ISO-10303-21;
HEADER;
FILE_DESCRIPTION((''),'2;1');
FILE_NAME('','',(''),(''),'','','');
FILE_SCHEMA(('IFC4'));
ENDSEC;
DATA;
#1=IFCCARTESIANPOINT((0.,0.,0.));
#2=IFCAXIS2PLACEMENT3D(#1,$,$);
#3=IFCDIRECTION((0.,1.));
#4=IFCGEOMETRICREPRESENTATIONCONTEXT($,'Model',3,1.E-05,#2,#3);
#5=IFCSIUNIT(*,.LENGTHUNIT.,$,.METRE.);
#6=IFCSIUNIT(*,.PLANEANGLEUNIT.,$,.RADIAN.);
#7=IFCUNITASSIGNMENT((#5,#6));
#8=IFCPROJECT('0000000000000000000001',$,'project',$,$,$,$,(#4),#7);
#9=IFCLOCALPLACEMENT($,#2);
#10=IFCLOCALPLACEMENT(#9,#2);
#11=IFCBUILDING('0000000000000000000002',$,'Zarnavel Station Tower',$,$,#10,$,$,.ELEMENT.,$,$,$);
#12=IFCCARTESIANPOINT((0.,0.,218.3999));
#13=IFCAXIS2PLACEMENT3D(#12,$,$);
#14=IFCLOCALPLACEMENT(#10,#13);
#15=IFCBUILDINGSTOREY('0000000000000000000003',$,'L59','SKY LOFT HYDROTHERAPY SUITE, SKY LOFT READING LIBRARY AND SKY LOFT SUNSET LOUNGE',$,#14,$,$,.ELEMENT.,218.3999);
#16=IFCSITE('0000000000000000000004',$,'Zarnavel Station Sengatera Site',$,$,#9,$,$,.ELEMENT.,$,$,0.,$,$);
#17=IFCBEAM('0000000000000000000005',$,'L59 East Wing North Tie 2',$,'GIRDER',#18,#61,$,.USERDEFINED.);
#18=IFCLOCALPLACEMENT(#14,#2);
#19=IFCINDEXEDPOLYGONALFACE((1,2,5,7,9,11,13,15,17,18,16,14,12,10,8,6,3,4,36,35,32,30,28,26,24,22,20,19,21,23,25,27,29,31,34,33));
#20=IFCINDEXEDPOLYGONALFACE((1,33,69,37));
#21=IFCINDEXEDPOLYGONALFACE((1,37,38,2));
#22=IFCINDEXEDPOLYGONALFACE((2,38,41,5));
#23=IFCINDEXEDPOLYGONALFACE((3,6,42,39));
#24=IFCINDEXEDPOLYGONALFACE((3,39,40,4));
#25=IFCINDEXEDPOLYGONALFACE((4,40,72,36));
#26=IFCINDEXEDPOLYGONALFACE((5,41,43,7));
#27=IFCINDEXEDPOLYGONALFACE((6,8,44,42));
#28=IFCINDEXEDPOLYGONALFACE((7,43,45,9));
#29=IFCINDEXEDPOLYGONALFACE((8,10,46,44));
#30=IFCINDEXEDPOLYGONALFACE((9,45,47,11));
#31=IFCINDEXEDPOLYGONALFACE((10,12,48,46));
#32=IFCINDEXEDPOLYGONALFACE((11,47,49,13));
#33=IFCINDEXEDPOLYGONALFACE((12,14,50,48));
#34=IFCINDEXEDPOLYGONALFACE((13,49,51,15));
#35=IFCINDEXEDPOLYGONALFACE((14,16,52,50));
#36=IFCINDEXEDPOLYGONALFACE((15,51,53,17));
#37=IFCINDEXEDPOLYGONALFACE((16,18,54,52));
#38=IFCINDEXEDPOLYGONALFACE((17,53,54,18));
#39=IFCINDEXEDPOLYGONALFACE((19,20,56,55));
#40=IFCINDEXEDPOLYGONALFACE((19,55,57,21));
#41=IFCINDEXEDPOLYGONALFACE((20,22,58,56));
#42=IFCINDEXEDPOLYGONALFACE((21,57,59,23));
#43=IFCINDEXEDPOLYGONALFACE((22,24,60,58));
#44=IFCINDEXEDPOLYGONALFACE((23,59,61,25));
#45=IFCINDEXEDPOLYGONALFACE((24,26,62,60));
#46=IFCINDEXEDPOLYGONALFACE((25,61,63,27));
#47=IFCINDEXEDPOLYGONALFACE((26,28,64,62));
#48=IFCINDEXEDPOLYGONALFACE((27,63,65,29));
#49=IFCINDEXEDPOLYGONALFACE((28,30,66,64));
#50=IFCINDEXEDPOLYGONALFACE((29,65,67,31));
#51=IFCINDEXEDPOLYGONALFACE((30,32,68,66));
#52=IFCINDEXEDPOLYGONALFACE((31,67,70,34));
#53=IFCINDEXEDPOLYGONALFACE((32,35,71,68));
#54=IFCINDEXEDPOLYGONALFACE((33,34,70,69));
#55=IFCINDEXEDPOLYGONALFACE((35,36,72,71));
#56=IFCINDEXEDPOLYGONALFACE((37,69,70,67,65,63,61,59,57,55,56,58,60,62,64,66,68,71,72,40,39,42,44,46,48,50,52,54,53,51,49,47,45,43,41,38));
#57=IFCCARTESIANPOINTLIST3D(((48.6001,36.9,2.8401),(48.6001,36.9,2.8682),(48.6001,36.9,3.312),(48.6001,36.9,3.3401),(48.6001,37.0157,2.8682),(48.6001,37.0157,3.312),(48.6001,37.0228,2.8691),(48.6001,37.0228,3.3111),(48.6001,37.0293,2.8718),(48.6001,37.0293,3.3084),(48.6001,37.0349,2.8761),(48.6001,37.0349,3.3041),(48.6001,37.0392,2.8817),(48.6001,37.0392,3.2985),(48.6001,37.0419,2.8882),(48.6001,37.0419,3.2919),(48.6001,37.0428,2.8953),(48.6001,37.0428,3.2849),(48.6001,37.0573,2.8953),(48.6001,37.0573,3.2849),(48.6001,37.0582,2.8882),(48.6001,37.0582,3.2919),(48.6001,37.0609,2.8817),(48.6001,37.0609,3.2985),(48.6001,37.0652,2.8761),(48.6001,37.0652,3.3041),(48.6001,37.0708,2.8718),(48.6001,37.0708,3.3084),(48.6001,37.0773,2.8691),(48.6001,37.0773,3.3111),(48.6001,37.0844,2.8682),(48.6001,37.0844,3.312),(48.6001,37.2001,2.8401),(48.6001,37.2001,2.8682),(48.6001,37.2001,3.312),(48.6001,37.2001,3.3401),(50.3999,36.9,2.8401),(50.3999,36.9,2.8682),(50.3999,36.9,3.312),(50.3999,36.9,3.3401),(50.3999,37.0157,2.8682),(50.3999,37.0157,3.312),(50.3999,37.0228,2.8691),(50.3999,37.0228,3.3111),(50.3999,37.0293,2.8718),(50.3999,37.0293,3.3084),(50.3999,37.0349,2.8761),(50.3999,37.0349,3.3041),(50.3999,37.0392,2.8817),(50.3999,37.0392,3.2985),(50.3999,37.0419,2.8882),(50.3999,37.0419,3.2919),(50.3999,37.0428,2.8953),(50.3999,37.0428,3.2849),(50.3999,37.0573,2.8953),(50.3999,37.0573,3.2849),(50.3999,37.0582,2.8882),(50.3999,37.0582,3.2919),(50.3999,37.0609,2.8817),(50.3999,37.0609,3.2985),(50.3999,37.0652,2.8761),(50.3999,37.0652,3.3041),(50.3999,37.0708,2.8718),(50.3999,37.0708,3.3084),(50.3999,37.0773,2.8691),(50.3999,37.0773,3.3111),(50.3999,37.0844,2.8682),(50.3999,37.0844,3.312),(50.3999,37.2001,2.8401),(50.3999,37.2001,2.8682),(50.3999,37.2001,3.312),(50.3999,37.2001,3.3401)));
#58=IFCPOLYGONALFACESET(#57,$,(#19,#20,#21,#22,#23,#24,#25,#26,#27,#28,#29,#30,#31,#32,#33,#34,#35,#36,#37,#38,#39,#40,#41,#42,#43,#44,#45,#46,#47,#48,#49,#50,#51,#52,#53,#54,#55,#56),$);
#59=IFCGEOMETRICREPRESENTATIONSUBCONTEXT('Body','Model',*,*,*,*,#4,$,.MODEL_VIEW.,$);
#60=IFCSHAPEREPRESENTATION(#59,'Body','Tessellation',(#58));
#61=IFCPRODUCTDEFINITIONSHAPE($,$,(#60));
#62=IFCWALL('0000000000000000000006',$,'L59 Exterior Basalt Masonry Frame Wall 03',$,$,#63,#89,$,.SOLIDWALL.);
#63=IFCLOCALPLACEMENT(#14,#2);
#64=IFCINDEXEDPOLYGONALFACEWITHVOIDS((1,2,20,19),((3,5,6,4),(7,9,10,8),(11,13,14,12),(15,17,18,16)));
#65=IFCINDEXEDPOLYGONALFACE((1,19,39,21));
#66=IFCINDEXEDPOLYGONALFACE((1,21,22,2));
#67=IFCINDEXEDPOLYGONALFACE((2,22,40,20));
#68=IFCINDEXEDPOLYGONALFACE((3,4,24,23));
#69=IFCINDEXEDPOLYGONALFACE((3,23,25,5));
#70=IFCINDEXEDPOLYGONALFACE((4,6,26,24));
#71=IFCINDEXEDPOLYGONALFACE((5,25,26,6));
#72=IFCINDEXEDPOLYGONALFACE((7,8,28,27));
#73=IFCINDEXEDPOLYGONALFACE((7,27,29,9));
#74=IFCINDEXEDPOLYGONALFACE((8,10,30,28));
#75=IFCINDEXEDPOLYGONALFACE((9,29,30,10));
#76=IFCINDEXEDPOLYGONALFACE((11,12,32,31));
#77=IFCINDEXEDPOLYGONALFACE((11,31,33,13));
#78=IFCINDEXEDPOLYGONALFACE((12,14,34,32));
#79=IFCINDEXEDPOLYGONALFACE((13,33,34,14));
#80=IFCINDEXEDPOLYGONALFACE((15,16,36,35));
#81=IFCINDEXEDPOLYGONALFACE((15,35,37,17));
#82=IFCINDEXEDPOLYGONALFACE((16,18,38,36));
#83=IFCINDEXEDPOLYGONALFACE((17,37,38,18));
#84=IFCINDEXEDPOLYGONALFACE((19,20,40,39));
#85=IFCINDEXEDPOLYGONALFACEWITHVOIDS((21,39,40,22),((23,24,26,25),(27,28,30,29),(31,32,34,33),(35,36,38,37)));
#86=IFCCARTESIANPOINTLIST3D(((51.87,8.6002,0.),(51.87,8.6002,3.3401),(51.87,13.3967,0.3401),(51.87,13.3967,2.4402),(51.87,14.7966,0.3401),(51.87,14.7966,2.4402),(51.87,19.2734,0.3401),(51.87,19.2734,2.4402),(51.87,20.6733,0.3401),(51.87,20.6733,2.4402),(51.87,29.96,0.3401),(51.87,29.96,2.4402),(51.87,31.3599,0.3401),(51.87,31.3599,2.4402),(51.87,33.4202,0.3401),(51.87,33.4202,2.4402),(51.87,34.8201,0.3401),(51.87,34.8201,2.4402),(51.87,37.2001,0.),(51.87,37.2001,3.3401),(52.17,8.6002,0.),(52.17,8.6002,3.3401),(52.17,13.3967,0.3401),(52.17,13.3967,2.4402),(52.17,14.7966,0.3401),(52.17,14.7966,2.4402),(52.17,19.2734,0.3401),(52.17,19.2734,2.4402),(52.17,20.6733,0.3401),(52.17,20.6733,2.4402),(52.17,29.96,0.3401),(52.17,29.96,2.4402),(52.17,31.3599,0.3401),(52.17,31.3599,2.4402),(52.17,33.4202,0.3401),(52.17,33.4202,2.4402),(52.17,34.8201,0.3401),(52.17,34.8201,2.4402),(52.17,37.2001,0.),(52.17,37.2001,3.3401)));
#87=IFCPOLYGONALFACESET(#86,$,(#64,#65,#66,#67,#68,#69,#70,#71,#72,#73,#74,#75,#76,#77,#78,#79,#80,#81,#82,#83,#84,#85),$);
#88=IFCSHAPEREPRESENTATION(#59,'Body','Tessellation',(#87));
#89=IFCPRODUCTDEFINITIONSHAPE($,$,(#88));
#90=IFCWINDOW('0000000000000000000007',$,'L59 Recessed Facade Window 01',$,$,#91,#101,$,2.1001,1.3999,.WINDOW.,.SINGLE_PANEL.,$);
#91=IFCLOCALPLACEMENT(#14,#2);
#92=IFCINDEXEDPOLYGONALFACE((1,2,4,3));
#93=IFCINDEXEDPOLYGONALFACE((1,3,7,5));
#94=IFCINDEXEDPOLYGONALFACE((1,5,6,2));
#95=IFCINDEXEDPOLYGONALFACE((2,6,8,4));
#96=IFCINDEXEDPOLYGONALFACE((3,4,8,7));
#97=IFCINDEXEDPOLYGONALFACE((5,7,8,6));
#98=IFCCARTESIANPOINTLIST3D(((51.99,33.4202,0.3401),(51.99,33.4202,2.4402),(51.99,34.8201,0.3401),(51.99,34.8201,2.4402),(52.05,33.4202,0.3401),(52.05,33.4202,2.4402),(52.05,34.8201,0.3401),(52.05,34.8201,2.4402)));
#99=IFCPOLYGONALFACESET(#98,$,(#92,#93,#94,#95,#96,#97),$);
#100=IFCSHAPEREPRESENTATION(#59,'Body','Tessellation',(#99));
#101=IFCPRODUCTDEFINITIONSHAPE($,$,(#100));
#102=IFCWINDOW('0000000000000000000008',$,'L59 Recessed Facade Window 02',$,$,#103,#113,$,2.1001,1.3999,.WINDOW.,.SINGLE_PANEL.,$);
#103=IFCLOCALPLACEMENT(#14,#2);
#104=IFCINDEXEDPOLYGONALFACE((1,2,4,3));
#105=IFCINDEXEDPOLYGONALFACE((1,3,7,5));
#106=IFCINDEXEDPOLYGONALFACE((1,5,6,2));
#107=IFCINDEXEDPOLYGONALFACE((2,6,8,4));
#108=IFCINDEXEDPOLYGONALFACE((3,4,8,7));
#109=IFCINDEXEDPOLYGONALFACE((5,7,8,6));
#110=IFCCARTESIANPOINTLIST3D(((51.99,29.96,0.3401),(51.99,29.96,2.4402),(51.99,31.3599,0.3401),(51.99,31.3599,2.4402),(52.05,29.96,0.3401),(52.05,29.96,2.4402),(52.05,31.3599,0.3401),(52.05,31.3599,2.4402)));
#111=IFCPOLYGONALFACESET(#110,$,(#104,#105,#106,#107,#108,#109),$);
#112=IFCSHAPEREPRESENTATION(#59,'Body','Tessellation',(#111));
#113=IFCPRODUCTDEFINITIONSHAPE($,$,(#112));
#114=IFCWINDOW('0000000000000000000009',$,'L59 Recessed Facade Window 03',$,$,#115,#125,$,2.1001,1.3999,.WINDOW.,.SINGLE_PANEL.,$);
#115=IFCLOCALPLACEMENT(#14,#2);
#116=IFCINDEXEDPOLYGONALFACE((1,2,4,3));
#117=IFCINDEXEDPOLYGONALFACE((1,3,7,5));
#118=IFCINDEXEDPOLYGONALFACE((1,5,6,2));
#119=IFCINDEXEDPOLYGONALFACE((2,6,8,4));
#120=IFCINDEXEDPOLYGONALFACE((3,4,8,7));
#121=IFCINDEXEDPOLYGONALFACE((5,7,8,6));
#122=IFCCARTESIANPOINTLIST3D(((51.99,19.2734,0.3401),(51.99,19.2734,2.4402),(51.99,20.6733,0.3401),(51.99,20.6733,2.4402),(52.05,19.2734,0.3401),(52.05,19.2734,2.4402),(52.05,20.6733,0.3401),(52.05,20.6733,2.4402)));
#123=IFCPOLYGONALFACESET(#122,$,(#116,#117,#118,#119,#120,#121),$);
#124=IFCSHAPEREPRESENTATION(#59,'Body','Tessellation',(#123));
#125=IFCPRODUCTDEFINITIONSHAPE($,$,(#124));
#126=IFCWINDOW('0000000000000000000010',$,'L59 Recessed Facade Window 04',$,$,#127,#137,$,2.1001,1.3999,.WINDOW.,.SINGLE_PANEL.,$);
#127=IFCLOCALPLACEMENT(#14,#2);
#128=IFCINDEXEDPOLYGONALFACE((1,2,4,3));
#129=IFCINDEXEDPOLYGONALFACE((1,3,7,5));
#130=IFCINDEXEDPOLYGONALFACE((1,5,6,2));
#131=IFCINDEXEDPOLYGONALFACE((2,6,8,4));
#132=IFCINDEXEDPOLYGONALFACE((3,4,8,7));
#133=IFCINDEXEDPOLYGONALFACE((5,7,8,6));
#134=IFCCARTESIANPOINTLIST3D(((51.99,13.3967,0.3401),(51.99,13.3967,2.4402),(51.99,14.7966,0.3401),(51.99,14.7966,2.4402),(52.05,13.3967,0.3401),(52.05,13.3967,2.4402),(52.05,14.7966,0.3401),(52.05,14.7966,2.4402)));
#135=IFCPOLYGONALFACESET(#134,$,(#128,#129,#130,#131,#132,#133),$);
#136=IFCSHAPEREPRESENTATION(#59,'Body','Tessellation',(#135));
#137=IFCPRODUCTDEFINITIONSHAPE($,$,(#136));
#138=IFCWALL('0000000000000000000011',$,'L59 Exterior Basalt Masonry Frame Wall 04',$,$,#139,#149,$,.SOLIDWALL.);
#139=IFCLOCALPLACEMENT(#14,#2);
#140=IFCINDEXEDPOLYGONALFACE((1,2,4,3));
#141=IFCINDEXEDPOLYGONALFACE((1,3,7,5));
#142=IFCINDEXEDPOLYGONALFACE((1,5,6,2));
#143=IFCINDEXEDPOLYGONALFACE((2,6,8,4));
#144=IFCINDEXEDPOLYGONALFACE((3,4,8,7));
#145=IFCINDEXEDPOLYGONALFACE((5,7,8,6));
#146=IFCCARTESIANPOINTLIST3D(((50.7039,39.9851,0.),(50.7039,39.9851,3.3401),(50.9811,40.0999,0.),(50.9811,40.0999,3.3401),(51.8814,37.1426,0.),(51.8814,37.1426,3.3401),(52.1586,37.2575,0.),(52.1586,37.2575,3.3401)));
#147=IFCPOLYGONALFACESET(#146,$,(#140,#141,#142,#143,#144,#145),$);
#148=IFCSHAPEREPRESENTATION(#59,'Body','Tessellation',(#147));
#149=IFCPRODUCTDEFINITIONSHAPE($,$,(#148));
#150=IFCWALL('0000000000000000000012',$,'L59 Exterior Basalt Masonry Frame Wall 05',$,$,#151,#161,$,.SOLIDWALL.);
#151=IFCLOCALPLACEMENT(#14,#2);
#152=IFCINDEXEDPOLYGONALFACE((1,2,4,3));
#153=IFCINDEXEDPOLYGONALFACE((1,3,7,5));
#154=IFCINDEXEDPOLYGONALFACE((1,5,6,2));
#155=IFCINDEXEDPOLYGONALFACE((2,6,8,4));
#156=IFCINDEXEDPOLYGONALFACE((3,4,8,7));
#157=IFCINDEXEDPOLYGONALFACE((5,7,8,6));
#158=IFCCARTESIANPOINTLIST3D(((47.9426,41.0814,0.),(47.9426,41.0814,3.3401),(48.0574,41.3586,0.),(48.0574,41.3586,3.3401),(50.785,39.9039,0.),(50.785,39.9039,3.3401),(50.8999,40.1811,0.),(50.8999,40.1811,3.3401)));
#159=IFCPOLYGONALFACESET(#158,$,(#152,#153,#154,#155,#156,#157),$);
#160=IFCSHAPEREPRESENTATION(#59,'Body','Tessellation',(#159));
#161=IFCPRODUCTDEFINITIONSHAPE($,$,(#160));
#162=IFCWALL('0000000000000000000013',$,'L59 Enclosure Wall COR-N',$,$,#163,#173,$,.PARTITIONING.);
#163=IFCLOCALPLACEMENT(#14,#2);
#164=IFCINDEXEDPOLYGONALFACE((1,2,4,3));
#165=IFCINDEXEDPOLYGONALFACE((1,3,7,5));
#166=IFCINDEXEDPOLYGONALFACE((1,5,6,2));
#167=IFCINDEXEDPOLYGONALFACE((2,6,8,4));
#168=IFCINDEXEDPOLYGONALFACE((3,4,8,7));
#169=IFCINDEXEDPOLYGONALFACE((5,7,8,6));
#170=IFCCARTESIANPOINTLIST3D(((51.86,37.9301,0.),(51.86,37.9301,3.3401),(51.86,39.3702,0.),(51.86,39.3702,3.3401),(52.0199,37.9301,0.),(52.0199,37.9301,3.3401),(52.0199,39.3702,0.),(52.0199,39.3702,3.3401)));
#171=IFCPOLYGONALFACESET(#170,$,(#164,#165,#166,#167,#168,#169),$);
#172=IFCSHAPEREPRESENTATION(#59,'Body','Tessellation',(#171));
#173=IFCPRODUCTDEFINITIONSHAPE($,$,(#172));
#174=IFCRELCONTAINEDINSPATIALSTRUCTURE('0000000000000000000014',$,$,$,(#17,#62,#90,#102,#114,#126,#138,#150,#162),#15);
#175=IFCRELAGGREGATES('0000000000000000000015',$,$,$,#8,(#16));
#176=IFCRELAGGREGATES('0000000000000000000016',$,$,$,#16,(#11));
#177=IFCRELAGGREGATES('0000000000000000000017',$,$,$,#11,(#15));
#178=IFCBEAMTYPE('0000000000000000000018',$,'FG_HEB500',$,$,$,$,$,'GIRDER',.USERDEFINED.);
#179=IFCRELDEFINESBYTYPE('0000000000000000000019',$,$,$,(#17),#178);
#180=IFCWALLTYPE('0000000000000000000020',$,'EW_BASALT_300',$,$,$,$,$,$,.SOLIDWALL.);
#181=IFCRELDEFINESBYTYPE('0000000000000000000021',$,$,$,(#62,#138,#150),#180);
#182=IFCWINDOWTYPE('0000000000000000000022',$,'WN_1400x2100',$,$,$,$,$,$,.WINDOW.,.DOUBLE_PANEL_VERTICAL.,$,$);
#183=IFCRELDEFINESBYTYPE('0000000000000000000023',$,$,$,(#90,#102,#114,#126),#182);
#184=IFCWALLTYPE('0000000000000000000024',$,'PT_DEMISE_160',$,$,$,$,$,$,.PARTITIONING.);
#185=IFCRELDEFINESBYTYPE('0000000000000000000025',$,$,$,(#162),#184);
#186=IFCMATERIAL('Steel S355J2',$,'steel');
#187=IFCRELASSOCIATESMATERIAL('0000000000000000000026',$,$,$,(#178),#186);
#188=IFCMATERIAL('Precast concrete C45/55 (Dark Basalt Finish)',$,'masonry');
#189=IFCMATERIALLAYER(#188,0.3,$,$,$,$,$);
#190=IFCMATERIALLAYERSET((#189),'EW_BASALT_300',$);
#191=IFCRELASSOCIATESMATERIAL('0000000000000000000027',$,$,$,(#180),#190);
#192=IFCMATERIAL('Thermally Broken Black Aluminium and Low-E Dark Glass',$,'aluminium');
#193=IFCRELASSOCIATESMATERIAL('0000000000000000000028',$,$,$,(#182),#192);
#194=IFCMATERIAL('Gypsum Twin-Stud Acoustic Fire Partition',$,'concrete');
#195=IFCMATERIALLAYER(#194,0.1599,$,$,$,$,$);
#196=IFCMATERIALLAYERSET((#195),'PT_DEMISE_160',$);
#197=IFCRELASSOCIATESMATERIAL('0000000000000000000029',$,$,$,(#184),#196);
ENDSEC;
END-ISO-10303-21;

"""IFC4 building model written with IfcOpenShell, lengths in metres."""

from ifc_helpers import new_model, si_unit, direction, frame, frame_2d, origin, origin_2d, place, context, subcontext, project, spatial, rectangle, i_section, extrude, material, layer, layer_set, material_profile, profile_set, type_object, element, fill, save


model = new_model("IFC4")

# Units and contexts
model_context = context("Model", 3, precision=1e-05, world=origin(), true_north=direction((0.0, 1.0)))
body_context = subcontext(model_context, "Body", "Model", "MODEL_VIEW")
ifc_project = project(units=[si_unit("LENGTHUNIT", "METRE"), si_unit("PLANEANGLEUNIT", "RADIAN")], contexts=[model_context])

# Site, building, storey
site_placement = place(None, origin())
site = spatial("IfcSite", under=ifc_project, at=site_placement, Name="Zarnavel Station Sengatera Site", CompositionType="ELEMENT", RefElevation=0.0)
building_placement = place(site_placement, origin())
building = spatial("IfcBuilding", under=site, at=building_placement, Name="Zarnavel Station Tower", CompositionType="ELEMENT")
storey_placement = place(building_placement, frame((0.0, 0.0, 218.3999)))
storey = spatial("IfcBuildingStorey", under=building, at=storey_placement, Name="L59", Description="SKY LOFT HYDROTHERAPY SUITE, SKY LOFT READING LIBRARY AND SKY LOFT SUNSET LOUNGE", CompositionType="ELEMENT", Elevation=218.3999)

# Beam
ifc_material_1 = material(Name="Steel S355J2", Category="steel")
ifc_material_profile_1 = material_profile(ifc_material_1, i_section(OverallWidth=0.3, OverallDepth=0.5, WebThickness=0.0144, FlangeThickness=0.0281, FilletRadius=0.0271, at=origin_2d()), Name="HEB500")
ifc_profile_set_1 = profile_set([ifc_material_profile_1], Name="Steel S355J2")
beam_type = type_object("IfcBeamType", Name="FG_HEB500", ElementType="GIRDER", PredefinedType="USERDEFINED", material=ifc_profile_set_1)
beam_1_placement = place(storey_placement, frame((48.6001, 37.05, 3.0901), z_axis=(1.0, 0.0, 0.0), x_axis=(0.0, 1.0, 0.0)))
element("IfcBeam", 1, at=beam_1_placement, inside=storey, type_object=beam_type, Name="L59 East Wing North Tie 2", ObjectType="GIRDER", PredefinedType="USERDEFINED", context=body_context, shape_type="SweptSolid", body=[
    extrude(i_section(OverallWidth=0.3, OverallDepth=0.5, WebThickness=0.0144, FlangeThickness=0.0281, FilletRadius=0.0271, at=origin_2d()), origin(), (0.0, 0.0, 1.0), 1.7998),
])

# Wall, openings, windows
ifc_material_2 = material(Name="Precast concrete C45/55 (Dark Basalt Finish)", Category="masonry")
ifc_layer_1 = layer(ifc_material_2, 0.3)
ifc_layer_set_1 = layer_set([ifc_layer_1], Name="EW_BASALT_300")
wall_type_1 = type_object("IfcWallType", Name="EW_BASALT_300", PredefinedType="SOLIDWALL", material=ifc_layer_set_1)
wall_1_placement = place(storey_placement, frame((52.02, 37.2, 0.0), z_axis=(0.0, 0.0, 1.0), x_axis=(0.0, -1.0, 0.0)))
wall_1 = element("IfcWall", 2, at=wall_1_placement, inside=storey, type_object=wall_type_1, Name="L59 Exterior Basalt Masonry Frame Wall 03", PredefinedType="SOLIDWALL", context=body_context, shape_type="SweptSolid", body=[
    extrude(rectangle(XDim=28.5999, YDim=0.3, at=frame_2d((14.2998, 0.0))), origin(), (0.0, 0.0, 1.0), 3.3401),
])
opening_1_placement = place(wall_1_placement, frame((2.3799, 0.0, 0.3401)))
opening_1 = element("IfcOpeningElement", 3, at=opening_1_placement, cuts=wall_1, PredefinedType="OPENING", context=body_context, shape_type="SweptSolid", body=[
    extrude(rectangle(XDim=1.3999, YDim=2.1001, at=frame_2d((0.7, 1.05))), frame((0.0, 0.1599, 0.0), z_axis=(0.0, -1.0, 0.0), x_axis=(1.0, 0.0, 0.0)), (0.0, 0.0, 1.0), 0.3201),
])
opening_2_placement = place(wall_1_placement, frame((5.8401, 0.0, 0.3401)))
opening_2 = element("IfcOpeningElement", 4, at=opening_2_placement, cuts=wall_1, PredefinedType="OPENING", context=body_context, shape_type="SweptSolid", body=[
    extrude(rectangle(XDim=1.3999, YDim=2.1001, at=frame_2d((0.7, 1.05))), frame((0.0, 0.1599, 0.0), z_axis=(0.0, -1.0, 0.0), x_axis=(1.0, 0.0, 0.0)), (0.0, 0.0, 1.0), 0.3201),
])
opening_3_placement = place(wall_1_placement, frame((16.5266, 0.0, 0.3401)))
opening_3 = element("IfcOpeningElement", 5, at=opening_3_placement, cuts=wall_1, PredefinedType="OPENING", context=body_context, shape_type="SweptSolid", body=[
    extrude(rectangle(XDim=1.3999, YDim=2.1001, at=frame_2d((0.7, 1.05))), frame((0.0, 0.1599, 0.0), z_axis=(0.0, -1.0, 0.0), x_axis=(1.0, 0.0, 0.0)), (0.0, 0.0, 1.0), 0.3201),
])
opening_4_placement = place(wall_1_placement, frame((22.4033, 0.0, 0.3401)))
opening_4 = element("IfcOpeningElement", 6, at=opening_4_placement, cuts=wall_1, PredefinedType="OPENING", context=body_context, shape_type="SweptSolid", body=[
    extrude(rectangle(XDim=1.3999, YDim=2.1001, at=frame_2d((0.7, 1.05))), frame((0.0, 0.1599, 0.0), z_axis=(0.0, -1.0, 0.0), x_axis=(1.0, 0.0, 0.0)), (0.0, 0.0, 1.0), 0.3201),
])
ifc_material_3 = material(Name="Thermally Broken Black Aluminium and Low-E Dark Glass", Category="aluminium")
window_type = type_object("IfcWindowType", Name="WN_1400x2100", PartitioningType="DOUBLE_PANEL_VERTICAL", PredefinedType="WINDOW", material=ifc_material_3)
window_1_placement = place(opening_1_placement, origin())
window_1 = element("IfcWindow", 7, at=window_1_placement, inside=storey, type_object=window_type, Name="L59 Recessed Facade Window 01", OverallHeight=2.1001, OverallWidth=1.3999, PartitioningType="SINGLE_PANEL", PredefinedType="WINDOW", context=body_context, shape_type="SweptSolid", body=[
    extrude(rectangle(XDim=1.3999, YDim=2.1001, at=frame_2d((0.7, 1.05))), frame((0.0, 0.03, 0.0), z_axis=(0.0, -1.0, 0.0), x_axis=(1.0, 0.0, 0.0)), (0.0, 0.0, 1.0), 0.0601),
])
fill(opening_1, window_1)
window_2_placement = place(opening_2_placement, origin())
window_2 = element("IfcWindow", 8, at=window_2_placement, inside=storey, type_object=window_type, Name="L59 Recessed Facade Window 02", OverallHeight=2.1001, OverallWidth=1.3999, PartitioningType="SINGLE_PANEL", PredefinedType="WINDOW", context=body_context, shape_type="SweptSolid", body=[
    extrude(rectangle(XDim=1.3999, YDim=2.1001, at=frame_2d((0.7, 1.05))), frame((0.0, 0.03, 0.0), z_axis=(0.0, -1.0, 0.0), x_axis=(1.0, 0.0, 0.0)), (0.0, 0.0, 1.0), 0.0601),
])
fill(opening_2, window_2)
window_3_placement = place(opening_3_placement, origin())
window_3 = element("IfcWindow", 9, at=window_3_placement, inside=storey, type_object=window_type, Name="L59 Recessed Facade Window 03", OverallHeight=2.1001, OverallWidth=1.3999, PartitioningType="SINGLE_PANEL", PredefinedType="WINDOW", context=body_context, shape_type="SweptSolid", body=[
    extrude(rectangle(XDim=1.3999, YDim=2.1001, at=frame_2d((0.7, 1.05))), frame((0.0, 0.03, 0.0), z_axis=(0.0, -1.0, 0.0), x_axis=(1.0, 0.0, 0.0)), (0.0, 0.0, 1.0), 0.0601),
])
fill(opening_3, window_3)
window_4_placement = place(opening_4_placement, origin())
window_4 = element("IfcWindow", 10, at=window_4_placement, inside=storey, type_object=window_type, Name="L59 Recessed Facade Window 04", OverallHeight=2.1001, OverallWidth=1.3999, PartitioningType="SINGLE_PANEL", PredefinedType="WINDOW", context=body_context, shape_type="SweptSolid", body=[
    extrude(rectangle(XDim=1.3999, YDim=2.1001, at=frame_2d((0.7, 1.05))), frame((0.0, 0.03, 0.0), z_axis=(0.0, -1.0, 0.0), x_axis=(1.0, 0.0, 0.0)), (0.0, 0.0, 1.0), 0.0601),
])
fill(opening_4, window_4)

# Walls
for number, where, z_axis, x_axis, name in (
    (11, (50.8425, 40.0425, 0.0), (0.0, 0.0, 1.0), (0.382705, -0.923871, 0.0), "L59 Exterior Basalt Masonry Frame Wall 04"),
    (12, (48.0, 41.22, 0.0), (0.0, 0.0, 1.0), (0.923871, -0.382705, 0.0), "L59 Exterior Basalt Masonry Frame Wall 05"),
):
    element("IfcWall", number, at=place(storey_placement, frame(where, z_axis=z_axis, x_axis=x_axis)), inside=storey, type_object=wall_type_1, Name=name, PredefinedType="SOLIDWALL", context=body_context, shape_type="SweptSolid", body=[
        extrude(rectangle(XDim=3.0767, YDim=0.3, at=frame_2d((1.5383, 0.0))), origin(), (0.0, 0.0, 1.0), 3.3401),
    ])
ifc_material_4 = material(Name="Gypsum Twin-Stud Acoustic Fire Partition", Category="concrete")
ifc_layer_2 = layer(ifc_material_4, 0.1599)
ifc_layer_set_2 = layer_set([ifc_layer_2], Name="PT_DEMISE_160")
wall_type_2 = type_object("IfcWallType", Name="PT_DEMISE_160", PredefinedType="PARTITIONING", material=ifc_layer_set_2)
wall_2_placement = place(storey_placement, frame((51.9399, 37.9299, 0.0), z_axis=(0.0, 0.0, 1.0), x_axis=(0.0, 1.0, 0.0)))
element("IfcWall", 13, at=wall_2_placement, inside=storey, type_object=wall_type_2, Name="L59 Enclosure Wall COR-N", PredefinedType="PARTITIONING", context=body_context, shape_type="SweptSolid", body=[
    extrude(rectangle(XDim=1.4402, YDim=0.1599, at=frame_2d((0.7202, 0.0))), origin(), (0.0, 0.0, 1.0), 3.3401),
])

save(model, "model.ifc")
